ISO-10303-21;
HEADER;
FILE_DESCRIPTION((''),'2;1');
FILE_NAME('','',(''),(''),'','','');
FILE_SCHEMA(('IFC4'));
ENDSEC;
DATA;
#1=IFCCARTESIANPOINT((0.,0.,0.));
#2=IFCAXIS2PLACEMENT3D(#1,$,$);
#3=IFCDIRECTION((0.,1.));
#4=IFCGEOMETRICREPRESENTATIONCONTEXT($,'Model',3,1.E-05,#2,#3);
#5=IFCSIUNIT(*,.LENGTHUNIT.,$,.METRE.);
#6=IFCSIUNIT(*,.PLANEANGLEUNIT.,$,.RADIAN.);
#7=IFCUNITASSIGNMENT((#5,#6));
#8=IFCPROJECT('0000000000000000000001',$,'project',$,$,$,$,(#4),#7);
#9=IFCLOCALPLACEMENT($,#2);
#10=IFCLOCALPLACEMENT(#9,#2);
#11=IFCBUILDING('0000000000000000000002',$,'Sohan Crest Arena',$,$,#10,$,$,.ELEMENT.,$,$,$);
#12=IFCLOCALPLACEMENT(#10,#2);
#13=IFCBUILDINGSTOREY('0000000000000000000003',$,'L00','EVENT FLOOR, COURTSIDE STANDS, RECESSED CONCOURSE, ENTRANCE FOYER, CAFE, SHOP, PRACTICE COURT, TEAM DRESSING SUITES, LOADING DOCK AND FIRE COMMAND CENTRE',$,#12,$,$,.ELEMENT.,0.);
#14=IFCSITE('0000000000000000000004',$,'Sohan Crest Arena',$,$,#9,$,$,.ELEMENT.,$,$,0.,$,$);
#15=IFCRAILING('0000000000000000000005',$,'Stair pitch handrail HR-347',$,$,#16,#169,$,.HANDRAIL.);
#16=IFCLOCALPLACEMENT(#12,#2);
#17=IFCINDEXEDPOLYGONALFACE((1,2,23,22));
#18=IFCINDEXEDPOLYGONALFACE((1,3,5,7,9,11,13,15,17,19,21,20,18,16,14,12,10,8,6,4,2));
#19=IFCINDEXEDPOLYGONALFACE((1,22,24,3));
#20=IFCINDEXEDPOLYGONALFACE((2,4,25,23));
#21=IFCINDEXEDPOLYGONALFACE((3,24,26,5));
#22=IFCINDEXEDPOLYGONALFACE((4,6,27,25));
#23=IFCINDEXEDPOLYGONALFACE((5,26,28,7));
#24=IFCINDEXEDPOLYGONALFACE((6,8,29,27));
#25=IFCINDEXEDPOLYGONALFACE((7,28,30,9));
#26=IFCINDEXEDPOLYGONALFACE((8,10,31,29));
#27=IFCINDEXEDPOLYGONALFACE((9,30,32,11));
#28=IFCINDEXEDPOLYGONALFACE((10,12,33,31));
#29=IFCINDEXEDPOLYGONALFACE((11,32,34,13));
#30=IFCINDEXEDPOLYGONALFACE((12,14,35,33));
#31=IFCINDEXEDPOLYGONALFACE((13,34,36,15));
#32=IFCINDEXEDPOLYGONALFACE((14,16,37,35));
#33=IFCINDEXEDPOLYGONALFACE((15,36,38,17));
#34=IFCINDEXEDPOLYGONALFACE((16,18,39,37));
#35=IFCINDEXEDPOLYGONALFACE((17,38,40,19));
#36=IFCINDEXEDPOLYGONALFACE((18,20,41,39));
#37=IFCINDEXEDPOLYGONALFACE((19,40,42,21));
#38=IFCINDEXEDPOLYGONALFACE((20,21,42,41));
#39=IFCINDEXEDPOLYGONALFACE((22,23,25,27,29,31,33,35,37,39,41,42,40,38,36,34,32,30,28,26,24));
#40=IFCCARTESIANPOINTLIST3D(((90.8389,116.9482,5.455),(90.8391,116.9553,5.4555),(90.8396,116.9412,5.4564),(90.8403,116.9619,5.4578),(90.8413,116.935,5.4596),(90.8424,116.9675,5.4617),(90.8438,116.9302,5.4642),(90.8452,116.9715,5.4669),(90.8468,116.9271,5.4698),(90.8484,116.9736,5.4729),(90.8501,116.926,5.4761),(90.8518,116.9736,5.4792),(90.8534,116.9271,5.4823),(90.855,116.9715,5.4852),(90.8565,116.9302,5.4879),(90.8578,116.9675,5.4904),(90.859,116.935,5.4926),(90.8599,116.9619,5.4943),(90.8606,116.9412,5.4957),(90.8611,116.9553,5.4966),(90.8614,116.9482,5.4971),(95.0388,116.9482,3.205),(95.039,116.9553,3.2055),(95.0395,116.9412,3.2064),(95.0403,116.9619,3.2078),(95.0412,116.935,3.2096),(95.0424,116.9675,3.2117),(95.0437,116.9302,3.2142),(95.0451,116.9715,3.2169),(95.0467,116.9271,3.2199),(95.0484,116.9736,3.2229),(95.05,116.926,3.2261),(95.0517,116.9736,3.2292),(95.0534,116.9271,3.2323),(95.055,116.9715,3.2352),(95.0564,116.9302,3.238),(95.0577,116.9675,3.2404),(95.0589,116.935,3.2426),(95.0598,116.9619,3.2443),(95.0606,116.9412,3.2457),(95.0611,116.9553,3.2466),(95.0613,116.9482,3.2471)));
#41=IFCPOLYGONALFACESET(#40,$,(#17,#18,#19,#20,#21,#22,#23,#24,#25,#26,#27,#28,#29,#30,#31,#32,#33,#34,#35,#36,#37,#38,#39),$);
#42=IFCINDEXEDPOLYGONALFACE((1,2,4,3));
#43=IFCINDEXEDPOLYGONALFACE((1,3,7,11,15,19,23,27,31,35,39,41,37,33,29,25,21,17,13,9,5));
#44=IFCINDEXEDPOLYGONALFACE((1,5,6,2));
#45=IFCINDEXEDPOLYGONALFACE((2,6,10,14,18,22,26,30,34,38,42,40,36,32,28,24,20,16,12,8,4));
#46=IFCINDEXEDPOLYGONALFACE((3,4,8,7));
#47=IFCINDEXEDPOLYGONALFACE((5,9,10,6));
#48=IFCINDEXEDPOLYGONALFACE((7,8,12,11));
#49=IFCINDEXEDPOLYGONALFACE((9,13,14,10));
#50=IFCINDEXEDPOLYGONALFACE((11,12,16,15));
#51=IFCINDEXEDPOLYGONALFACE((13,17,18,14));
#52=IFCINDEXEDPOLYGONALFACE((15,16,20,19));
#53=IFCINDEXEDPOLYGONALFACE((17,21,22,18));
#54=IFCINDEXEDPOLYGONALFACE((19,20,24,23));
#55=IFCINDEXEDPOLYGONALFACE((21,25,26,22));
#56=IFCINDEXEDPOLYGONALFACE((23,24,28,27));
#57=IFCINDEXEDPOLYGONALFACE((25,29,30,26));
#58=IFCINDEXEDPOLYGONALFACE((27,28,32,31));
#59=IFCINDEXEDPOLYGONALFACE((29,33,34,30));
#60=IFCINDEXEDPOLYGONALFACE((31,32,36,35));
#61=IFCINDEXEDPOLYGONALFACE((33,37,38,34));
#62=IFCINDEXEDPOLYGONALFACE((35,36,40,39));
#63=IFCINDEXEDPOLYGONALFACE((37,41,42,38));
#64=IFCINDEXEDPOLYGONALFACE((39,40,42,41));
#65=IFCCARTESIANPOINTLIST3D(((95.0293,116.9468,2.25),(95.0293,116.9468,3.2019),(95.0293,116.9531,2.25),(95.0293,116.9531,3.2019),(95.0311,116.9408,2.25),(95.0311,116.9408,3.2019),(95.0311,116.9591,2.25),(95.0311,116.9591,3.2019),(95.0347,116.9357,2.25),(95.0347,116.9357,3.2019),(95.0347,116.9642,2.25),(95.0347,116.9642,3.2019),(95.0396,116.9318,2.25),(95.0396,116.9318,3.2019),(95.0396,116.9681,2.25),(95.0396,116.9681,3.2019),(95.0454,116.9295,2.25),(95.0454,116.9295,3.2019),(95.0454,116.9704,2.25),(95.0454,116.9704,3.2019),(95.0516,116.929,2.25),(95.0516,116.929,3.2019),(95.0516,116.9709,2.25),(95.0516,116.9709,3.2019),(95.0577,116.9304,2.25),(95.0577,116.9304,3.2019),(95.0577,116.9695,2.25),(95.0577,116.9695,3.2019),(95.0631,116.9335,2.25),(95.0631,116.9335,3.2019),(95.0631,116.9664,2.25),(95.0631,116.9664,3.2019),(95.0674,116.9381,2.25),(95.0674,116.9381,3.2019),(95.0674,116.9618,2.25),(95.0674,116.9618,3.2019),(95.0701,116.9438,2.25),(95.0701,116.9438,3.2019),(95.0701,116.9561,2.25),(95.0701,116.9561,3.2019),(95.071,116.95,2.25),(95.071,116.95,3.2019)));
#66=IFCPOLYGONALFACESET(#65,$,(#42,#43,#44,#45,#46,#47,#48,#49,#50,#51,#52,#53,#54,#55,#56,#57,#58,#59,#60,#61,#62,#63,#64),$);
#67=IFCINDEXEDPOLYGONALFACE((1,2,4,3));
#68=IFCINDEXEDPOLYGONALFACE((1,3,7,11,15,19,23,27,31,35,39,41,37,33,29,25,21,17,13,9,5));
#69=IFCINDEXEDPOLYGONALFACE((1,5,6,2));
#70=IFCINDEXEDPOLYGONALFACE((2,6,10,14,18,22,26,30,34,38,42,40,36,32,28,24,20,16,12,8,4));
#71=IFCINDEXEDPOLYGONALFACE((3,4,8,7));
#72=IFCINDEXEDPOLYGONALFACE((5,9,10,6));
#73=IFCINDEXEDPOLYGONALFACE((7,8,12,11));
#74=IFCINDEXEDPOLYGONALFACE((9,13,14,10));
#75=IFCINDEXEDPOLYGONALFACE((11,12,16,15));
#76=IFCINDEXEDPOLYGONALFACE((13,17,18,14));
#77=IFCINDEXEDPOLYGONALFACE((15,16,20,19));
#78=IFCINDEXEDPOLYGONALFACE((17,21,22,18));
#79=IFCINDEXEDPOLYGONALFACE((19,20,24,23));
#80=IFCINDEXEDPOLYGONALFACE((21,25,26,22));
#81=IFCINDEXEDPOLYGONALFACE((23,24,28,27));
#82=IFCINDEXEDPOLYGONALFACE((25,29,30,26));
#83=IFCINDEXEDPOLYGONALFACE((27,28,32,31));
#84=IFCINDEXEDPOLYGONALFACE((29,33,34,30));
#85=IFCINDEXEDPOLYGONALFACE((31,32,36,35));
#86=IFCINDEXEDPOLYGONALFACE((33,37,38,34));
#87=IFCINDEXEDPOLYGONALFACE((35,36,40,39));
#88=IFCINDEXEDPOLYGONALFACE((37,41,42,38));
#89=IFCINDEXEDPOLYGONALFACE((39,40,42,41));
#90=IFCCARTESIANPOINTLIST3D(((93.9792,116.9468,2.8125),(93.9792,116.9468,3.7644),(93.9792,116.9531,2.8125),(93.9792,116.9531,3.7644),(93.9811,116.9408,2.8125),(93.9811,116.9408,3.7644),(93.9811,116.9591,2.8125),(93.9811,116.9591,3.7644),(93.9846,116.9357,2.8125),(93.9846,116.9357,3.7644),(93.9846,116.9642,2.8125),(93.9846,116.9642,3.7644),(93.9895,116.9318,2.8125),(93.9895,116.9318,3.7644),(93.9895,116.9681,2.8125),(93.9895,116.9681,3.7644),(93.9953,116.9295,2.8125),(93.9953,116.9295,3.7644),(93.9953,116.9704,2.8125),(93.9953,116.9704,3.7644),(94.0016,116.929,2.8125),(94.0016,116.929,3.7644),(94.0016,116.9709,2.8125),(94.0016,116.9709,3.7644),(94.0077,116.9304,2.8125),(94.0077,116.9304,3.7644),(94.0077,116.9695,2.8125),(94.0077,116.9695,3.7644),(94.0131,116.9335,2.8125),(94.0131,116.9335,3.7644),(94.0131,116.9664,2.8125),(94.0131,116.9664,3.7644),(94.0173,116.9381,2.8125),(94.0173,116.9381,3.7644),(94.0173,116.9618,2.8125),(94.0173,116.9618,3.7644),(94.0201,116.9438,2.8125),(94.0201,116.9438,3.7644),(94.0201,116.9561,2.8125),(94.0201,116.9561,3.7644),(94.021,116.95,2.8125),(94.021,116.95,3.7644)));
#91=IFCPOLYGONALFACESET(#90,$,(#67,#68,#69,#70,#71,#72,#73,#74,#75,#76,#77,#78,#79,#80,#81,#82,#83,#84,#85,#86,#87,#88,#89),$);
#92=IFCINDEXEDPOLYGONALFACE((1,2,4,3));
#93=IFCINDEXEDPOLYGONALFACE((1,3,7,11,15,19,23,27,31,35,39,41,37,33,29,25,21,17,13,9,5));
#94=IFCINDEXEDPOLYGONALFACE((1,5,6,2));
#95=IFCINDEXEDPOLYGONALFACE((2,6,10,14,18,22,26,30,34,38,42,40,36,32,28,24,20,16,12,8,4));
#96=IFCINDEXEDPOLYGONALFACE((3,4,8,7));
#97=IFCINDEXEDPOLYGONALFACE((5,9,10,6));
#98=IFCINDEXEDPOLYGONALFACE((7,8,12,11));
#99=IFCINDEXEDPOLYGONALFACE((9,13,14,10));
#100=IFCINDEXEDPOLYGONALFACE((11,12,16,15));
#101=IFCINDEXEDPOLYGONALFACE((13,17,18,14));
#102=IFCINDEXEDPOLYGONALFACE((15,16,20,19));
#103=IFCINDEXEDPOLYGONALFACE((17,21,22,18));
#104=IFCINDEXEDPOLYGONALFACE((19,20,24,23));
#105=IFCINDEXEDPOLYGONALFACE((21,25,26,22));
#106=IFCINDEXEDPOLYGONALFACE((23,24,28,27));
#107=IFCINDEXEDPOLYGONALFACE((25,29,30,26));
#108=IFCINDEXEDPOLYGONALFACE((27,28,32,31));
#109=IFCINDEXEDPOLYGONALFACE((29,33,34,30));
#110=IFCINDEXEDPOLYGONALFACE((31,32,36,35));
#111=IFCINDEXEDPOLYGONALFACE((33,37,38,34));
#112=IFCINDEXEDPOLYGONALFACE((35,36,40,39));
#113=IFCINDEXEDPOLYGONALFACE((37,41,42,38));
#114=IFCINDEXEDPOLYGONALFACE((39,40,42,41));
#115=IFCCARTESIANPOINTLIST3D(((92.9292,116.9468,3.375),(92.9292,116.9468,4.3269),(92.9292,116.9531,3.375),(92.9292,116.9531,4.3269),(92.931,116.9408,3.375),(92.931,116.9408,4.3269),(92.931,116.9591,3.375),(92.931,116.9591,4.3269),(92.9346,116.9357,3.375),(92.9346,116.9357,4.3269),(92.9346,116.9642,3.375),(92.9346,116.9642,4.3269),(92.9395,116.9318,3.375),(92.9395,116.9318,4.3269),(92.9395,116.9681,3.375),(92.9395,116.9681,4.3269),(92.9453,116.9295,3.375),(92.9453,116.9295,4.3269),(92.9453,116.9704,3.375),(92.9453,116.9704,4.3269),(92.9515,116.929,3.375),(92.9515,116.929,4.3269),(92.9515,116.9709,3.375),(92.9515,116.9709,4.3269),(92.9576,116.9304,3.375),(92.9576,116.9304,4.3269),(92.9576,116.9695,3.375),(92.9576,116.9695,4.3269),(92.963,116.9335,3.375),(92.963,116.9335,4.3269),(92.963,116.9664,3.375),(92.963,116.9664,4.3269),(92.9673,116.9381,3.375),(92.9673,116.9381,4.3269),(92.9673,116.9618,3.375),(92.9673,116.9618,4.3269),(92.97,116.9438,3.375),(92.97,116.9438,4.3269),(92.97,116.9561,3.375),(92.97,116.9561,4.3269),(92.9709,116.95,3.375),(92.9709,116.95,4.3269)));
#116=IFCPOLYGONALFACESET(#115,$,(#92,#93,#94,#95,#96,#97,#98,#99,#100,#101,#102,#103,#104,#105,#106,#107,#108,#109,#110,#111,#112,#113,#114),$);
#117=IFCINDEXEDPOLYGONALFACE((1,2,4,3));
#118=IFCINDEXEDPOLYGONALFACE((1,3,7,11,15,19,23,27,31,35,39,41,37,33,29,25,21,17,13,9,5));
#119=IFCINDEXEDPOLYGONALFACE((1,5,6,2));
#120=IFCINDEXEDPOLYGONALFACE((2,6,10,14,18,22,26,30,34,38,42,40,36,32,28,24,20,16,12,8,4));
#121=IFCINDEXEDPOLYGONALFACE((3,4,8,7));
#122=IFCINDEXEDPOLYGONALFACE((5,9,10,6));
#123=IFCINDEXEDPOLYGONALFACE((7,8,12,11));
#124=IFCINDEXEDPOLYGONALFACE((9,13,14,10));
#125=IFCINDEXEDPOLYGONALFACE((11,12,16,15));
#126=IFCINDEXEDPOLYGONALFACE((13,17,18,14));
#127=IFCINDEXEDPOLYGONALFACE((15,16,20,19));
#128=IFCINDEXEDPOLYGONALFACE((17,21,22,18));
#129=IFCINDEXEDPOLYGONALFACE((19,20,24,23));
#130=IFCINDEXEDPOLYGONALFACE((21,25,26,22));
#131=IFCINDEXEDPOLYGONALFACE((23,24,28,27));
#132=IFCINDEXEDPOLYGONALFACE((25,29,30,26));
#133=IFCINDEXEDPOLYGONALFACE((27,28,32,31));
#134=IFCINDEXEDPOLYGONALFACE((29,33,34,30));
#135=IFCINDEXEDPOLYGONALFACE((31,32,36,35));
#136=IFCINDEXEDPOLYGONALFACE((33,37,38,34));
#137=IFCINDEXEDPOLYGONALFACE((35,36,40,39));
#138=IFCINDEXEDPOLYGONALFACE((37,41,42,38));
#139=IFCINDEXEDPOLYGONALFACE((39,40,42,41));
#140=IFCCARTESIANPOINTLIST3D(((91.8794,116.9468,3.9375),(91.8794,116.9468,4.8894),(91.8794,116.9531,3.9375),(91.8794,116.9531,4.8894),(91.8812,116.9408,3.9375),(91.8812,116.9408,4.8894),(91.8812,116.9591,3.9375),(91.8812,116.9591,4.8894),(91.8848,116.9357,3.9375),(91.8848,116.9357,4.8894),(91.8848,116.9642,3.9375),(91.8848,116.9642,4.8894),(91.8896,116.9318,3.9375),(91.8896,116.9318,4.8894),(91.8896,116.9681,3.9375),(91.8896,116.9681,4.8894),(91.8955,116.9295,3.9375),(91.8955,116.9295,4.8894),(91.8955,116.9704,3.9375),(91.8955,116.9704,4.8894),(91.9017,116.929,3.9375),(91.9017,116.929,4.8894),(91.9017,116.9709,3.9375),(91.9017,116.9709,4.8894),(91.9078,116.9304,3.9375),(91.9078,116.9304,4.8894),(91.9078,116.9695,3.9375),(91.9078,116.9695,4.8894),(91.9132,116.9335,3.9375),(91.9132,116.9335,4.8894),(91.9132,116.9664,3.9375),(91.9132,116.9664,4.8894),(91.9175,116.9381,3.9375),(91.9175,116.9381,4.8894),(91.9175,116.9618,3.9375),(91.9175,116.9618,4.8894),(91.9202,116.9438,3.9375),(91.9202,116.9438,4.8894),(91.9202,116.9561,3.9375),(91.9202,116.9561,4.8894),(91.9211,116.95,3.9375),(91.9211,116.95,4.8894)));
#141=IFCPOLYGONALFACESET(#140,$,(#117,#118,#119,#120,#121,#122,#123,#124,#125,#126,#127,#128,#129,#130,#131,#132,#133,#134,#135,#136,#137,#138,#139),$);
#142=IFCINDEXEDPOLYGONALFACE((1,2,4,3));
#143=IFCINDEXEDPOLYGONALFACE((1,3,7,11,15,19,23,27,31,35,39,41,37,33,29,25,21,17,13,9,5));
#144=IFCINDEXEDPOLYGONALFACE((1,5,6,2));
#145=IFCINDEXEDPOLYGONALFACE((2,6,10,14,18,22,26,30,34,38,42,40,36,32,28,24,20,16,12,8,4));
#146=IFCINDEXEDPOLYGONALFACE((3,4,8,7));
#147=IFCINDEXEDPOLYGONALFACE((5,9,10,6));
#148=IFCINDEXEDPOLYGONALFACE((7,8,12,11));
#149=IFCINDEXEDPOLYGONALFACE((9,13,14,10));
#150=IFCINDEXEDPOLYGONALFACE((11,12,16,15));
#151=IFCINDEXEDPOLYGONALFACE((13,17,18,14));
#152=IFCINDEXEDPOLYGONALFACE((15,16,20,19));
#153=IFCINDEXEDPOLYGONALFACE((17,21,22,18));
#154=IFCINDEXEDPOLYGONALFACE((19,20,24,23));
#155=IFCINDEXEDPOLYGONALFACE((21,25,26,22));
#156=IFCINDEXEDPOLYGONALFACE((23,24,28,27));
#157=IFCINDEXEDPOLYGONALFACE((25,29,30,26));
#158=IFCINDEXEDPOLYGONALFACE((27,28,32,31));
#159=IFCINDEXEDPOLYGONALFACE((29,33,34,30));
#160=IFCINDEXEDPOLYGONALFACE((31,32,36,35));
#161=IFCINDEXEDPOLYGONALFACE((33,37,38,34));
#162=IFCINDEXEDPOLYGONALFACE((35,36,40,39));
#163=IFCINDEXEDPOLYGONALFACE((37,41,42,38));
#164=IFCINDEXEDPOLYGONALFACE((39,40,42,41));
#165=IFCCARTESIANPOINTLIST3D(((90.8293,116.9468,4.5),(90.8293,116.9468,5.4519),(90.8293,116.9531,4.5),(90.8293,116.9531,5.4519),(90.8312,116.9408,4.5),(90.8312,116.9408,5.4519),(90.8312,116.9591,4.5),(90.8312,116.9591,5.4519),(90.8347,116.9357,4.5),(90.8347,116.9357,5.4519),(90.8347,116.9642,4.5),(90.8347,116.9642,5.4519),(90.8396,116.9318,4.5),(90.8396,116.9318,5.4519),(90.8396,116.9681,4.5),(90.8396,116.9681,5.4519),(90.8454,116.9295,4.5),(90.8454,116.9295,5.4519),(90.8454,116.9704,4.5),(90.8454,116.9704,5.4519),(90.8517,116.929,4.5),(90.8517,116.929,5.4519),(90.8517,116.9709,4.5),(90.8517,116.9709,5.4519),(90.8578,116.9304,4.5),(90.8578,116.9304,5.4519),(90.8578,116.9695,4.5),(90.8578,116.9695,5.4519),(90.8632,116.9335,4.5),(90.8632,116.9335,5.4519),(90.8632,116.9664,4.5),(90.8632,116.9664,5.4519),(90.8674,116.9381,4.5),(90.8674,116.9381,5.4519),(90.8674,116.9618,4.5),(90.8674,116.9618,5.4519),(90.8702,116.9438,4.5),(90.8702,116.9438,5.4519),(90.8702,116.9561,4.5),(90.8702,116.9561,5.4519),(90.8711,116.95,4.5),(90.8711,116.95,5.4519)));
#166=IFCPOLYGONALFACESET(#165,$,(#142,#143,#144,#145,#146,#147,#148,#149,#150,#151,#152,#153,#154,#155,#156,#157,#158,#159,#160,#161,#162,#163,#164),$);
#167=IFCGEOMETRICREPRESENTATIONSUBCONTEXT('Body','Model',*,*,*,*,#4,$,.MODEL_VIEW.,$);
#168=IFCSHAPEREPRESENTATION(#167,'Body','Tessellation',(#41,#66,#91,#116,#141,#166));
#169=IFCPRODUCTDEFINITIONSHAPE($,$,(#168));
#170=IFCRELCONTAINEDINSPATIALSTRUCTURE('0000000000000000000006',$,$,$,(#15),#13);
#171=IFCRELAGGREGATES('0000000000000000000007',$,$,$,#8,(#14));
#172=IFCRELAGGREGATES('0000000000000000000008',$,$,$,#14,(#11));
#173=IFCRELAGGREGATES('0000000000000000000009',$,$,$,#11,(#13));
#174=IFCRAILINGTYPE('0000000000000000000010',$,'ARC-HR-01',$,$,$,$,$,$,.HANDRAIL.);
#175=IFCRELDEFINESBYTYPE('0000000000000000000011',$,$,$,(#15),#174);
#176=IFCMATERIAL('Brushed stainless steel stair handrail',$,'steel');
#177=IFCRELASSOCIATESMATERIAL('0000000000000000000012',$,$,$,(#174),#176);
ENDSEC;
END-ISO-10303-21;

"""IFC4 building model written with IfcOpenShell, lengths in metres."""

from ifc_helpers import new_model, si_unit, direction, frame, origin, origin_2d, place, context, subcontext, project, spatial, circle, extrude, material, type_object, element, save


model = new_model("IFC4")

# Units and contexts
model_context = context("Model", 3, precision=1e-05, world=origin(), true_north=direction((0.0, 1.0)))
body_context = subcontext(model_context, "Body", "Model", "MODEL_VIEW")
ifc_project = project(units=[si_unit("LENGTHUNIT", "METRE"), si_unit("PLANEANGLEUNIT", "RADIAN")], contexts=[model_context])

# Site, building, storey
site_placement = place(None, origin())
site = spatial("IfcSite", under=ifc_project, at=site_placement, Name="Sohan Crest Arena", CompositionType="ELEMENT", RefElevation=0.0)
building_placement = place(site_placement, origin())
building = spatial("IfcBuilding", under=site, at=building_placement, Name="Sohan Crest Arena", CompositionType="ELEMENT")
storey_placement = place(building_placement, origin())
storey = spatial("IfcBuildingStorey", under=building, at=storey_placement, Name="L00", Description="EVENT FLOOR, COURTSIDE STANDS, RECESSED CONCOURSE, ENTRANCE FOYER, CAFE, SHOP, PRACTICE COURT, TEAM DRESSING SUITES, LOADING DOCK AND FIRE COMMAND CENTRE", CompositionType="ELEMENT", Elevation=0.0)

# Railing
ifc_material_1 = material(Name="Brushed stainless steel stair handrail", Category="steel")
railing_type_1 = type_object("IfcRailingType", Name="ARC-HR-01", PredefinedType="HANDRAIL", material=ifc_material_1)
railing_1_placement = place(storey_placement, frame((95.05, 116.95, 2.25)))
element("IfcRailing", 1, at=railing_1_placement, inside=storey, type_object=railing_type_1, Name="Stair pitch handrail HR-347", PredefinedType="HANDRAIL", context=body_context, shape_type="SweptSolid", body=[
    extrude(circle(Radius=0.0239, at=origin_2d()), frame((0.0, 0.0, 0.9761), z_axis=(-0.881478, 0.0, 0.472226), x_axis=(0.0, -1.0, 0.0)), (0.0, 0.0, 1.0), 4.7646),
    extrude(circle(Radius=0.021, at=origin_2d()), origin(), (0.0, 0.0, 1.0), 0.9519),
    extrude(circle(Radius=0.021, at=origin_2d()), frame((-1.05, 0.0, 0.5625)), (0.0, 0.0, 1.0), 0.9519),
    extrude(circle(Radius=0.021, at=origin_2d()), frame((-2.1001, 0.0, 1.125)), (0.0, 0.0, 1.0), 0.9519),
    extrude(circle(Radius=0.021, at=origin_2d()), frame((-3.1499, 0.0, 1.6875)), (0.0, 0.0, 1.0), 0.9519),
    extrude(circle(Radius=0.021, at=origin_2d()), frame((-4.2, 0.0, 2.25)), (0.0, 0.0, 1.0), 0.9519),
])

save(model, "model.ifc")
